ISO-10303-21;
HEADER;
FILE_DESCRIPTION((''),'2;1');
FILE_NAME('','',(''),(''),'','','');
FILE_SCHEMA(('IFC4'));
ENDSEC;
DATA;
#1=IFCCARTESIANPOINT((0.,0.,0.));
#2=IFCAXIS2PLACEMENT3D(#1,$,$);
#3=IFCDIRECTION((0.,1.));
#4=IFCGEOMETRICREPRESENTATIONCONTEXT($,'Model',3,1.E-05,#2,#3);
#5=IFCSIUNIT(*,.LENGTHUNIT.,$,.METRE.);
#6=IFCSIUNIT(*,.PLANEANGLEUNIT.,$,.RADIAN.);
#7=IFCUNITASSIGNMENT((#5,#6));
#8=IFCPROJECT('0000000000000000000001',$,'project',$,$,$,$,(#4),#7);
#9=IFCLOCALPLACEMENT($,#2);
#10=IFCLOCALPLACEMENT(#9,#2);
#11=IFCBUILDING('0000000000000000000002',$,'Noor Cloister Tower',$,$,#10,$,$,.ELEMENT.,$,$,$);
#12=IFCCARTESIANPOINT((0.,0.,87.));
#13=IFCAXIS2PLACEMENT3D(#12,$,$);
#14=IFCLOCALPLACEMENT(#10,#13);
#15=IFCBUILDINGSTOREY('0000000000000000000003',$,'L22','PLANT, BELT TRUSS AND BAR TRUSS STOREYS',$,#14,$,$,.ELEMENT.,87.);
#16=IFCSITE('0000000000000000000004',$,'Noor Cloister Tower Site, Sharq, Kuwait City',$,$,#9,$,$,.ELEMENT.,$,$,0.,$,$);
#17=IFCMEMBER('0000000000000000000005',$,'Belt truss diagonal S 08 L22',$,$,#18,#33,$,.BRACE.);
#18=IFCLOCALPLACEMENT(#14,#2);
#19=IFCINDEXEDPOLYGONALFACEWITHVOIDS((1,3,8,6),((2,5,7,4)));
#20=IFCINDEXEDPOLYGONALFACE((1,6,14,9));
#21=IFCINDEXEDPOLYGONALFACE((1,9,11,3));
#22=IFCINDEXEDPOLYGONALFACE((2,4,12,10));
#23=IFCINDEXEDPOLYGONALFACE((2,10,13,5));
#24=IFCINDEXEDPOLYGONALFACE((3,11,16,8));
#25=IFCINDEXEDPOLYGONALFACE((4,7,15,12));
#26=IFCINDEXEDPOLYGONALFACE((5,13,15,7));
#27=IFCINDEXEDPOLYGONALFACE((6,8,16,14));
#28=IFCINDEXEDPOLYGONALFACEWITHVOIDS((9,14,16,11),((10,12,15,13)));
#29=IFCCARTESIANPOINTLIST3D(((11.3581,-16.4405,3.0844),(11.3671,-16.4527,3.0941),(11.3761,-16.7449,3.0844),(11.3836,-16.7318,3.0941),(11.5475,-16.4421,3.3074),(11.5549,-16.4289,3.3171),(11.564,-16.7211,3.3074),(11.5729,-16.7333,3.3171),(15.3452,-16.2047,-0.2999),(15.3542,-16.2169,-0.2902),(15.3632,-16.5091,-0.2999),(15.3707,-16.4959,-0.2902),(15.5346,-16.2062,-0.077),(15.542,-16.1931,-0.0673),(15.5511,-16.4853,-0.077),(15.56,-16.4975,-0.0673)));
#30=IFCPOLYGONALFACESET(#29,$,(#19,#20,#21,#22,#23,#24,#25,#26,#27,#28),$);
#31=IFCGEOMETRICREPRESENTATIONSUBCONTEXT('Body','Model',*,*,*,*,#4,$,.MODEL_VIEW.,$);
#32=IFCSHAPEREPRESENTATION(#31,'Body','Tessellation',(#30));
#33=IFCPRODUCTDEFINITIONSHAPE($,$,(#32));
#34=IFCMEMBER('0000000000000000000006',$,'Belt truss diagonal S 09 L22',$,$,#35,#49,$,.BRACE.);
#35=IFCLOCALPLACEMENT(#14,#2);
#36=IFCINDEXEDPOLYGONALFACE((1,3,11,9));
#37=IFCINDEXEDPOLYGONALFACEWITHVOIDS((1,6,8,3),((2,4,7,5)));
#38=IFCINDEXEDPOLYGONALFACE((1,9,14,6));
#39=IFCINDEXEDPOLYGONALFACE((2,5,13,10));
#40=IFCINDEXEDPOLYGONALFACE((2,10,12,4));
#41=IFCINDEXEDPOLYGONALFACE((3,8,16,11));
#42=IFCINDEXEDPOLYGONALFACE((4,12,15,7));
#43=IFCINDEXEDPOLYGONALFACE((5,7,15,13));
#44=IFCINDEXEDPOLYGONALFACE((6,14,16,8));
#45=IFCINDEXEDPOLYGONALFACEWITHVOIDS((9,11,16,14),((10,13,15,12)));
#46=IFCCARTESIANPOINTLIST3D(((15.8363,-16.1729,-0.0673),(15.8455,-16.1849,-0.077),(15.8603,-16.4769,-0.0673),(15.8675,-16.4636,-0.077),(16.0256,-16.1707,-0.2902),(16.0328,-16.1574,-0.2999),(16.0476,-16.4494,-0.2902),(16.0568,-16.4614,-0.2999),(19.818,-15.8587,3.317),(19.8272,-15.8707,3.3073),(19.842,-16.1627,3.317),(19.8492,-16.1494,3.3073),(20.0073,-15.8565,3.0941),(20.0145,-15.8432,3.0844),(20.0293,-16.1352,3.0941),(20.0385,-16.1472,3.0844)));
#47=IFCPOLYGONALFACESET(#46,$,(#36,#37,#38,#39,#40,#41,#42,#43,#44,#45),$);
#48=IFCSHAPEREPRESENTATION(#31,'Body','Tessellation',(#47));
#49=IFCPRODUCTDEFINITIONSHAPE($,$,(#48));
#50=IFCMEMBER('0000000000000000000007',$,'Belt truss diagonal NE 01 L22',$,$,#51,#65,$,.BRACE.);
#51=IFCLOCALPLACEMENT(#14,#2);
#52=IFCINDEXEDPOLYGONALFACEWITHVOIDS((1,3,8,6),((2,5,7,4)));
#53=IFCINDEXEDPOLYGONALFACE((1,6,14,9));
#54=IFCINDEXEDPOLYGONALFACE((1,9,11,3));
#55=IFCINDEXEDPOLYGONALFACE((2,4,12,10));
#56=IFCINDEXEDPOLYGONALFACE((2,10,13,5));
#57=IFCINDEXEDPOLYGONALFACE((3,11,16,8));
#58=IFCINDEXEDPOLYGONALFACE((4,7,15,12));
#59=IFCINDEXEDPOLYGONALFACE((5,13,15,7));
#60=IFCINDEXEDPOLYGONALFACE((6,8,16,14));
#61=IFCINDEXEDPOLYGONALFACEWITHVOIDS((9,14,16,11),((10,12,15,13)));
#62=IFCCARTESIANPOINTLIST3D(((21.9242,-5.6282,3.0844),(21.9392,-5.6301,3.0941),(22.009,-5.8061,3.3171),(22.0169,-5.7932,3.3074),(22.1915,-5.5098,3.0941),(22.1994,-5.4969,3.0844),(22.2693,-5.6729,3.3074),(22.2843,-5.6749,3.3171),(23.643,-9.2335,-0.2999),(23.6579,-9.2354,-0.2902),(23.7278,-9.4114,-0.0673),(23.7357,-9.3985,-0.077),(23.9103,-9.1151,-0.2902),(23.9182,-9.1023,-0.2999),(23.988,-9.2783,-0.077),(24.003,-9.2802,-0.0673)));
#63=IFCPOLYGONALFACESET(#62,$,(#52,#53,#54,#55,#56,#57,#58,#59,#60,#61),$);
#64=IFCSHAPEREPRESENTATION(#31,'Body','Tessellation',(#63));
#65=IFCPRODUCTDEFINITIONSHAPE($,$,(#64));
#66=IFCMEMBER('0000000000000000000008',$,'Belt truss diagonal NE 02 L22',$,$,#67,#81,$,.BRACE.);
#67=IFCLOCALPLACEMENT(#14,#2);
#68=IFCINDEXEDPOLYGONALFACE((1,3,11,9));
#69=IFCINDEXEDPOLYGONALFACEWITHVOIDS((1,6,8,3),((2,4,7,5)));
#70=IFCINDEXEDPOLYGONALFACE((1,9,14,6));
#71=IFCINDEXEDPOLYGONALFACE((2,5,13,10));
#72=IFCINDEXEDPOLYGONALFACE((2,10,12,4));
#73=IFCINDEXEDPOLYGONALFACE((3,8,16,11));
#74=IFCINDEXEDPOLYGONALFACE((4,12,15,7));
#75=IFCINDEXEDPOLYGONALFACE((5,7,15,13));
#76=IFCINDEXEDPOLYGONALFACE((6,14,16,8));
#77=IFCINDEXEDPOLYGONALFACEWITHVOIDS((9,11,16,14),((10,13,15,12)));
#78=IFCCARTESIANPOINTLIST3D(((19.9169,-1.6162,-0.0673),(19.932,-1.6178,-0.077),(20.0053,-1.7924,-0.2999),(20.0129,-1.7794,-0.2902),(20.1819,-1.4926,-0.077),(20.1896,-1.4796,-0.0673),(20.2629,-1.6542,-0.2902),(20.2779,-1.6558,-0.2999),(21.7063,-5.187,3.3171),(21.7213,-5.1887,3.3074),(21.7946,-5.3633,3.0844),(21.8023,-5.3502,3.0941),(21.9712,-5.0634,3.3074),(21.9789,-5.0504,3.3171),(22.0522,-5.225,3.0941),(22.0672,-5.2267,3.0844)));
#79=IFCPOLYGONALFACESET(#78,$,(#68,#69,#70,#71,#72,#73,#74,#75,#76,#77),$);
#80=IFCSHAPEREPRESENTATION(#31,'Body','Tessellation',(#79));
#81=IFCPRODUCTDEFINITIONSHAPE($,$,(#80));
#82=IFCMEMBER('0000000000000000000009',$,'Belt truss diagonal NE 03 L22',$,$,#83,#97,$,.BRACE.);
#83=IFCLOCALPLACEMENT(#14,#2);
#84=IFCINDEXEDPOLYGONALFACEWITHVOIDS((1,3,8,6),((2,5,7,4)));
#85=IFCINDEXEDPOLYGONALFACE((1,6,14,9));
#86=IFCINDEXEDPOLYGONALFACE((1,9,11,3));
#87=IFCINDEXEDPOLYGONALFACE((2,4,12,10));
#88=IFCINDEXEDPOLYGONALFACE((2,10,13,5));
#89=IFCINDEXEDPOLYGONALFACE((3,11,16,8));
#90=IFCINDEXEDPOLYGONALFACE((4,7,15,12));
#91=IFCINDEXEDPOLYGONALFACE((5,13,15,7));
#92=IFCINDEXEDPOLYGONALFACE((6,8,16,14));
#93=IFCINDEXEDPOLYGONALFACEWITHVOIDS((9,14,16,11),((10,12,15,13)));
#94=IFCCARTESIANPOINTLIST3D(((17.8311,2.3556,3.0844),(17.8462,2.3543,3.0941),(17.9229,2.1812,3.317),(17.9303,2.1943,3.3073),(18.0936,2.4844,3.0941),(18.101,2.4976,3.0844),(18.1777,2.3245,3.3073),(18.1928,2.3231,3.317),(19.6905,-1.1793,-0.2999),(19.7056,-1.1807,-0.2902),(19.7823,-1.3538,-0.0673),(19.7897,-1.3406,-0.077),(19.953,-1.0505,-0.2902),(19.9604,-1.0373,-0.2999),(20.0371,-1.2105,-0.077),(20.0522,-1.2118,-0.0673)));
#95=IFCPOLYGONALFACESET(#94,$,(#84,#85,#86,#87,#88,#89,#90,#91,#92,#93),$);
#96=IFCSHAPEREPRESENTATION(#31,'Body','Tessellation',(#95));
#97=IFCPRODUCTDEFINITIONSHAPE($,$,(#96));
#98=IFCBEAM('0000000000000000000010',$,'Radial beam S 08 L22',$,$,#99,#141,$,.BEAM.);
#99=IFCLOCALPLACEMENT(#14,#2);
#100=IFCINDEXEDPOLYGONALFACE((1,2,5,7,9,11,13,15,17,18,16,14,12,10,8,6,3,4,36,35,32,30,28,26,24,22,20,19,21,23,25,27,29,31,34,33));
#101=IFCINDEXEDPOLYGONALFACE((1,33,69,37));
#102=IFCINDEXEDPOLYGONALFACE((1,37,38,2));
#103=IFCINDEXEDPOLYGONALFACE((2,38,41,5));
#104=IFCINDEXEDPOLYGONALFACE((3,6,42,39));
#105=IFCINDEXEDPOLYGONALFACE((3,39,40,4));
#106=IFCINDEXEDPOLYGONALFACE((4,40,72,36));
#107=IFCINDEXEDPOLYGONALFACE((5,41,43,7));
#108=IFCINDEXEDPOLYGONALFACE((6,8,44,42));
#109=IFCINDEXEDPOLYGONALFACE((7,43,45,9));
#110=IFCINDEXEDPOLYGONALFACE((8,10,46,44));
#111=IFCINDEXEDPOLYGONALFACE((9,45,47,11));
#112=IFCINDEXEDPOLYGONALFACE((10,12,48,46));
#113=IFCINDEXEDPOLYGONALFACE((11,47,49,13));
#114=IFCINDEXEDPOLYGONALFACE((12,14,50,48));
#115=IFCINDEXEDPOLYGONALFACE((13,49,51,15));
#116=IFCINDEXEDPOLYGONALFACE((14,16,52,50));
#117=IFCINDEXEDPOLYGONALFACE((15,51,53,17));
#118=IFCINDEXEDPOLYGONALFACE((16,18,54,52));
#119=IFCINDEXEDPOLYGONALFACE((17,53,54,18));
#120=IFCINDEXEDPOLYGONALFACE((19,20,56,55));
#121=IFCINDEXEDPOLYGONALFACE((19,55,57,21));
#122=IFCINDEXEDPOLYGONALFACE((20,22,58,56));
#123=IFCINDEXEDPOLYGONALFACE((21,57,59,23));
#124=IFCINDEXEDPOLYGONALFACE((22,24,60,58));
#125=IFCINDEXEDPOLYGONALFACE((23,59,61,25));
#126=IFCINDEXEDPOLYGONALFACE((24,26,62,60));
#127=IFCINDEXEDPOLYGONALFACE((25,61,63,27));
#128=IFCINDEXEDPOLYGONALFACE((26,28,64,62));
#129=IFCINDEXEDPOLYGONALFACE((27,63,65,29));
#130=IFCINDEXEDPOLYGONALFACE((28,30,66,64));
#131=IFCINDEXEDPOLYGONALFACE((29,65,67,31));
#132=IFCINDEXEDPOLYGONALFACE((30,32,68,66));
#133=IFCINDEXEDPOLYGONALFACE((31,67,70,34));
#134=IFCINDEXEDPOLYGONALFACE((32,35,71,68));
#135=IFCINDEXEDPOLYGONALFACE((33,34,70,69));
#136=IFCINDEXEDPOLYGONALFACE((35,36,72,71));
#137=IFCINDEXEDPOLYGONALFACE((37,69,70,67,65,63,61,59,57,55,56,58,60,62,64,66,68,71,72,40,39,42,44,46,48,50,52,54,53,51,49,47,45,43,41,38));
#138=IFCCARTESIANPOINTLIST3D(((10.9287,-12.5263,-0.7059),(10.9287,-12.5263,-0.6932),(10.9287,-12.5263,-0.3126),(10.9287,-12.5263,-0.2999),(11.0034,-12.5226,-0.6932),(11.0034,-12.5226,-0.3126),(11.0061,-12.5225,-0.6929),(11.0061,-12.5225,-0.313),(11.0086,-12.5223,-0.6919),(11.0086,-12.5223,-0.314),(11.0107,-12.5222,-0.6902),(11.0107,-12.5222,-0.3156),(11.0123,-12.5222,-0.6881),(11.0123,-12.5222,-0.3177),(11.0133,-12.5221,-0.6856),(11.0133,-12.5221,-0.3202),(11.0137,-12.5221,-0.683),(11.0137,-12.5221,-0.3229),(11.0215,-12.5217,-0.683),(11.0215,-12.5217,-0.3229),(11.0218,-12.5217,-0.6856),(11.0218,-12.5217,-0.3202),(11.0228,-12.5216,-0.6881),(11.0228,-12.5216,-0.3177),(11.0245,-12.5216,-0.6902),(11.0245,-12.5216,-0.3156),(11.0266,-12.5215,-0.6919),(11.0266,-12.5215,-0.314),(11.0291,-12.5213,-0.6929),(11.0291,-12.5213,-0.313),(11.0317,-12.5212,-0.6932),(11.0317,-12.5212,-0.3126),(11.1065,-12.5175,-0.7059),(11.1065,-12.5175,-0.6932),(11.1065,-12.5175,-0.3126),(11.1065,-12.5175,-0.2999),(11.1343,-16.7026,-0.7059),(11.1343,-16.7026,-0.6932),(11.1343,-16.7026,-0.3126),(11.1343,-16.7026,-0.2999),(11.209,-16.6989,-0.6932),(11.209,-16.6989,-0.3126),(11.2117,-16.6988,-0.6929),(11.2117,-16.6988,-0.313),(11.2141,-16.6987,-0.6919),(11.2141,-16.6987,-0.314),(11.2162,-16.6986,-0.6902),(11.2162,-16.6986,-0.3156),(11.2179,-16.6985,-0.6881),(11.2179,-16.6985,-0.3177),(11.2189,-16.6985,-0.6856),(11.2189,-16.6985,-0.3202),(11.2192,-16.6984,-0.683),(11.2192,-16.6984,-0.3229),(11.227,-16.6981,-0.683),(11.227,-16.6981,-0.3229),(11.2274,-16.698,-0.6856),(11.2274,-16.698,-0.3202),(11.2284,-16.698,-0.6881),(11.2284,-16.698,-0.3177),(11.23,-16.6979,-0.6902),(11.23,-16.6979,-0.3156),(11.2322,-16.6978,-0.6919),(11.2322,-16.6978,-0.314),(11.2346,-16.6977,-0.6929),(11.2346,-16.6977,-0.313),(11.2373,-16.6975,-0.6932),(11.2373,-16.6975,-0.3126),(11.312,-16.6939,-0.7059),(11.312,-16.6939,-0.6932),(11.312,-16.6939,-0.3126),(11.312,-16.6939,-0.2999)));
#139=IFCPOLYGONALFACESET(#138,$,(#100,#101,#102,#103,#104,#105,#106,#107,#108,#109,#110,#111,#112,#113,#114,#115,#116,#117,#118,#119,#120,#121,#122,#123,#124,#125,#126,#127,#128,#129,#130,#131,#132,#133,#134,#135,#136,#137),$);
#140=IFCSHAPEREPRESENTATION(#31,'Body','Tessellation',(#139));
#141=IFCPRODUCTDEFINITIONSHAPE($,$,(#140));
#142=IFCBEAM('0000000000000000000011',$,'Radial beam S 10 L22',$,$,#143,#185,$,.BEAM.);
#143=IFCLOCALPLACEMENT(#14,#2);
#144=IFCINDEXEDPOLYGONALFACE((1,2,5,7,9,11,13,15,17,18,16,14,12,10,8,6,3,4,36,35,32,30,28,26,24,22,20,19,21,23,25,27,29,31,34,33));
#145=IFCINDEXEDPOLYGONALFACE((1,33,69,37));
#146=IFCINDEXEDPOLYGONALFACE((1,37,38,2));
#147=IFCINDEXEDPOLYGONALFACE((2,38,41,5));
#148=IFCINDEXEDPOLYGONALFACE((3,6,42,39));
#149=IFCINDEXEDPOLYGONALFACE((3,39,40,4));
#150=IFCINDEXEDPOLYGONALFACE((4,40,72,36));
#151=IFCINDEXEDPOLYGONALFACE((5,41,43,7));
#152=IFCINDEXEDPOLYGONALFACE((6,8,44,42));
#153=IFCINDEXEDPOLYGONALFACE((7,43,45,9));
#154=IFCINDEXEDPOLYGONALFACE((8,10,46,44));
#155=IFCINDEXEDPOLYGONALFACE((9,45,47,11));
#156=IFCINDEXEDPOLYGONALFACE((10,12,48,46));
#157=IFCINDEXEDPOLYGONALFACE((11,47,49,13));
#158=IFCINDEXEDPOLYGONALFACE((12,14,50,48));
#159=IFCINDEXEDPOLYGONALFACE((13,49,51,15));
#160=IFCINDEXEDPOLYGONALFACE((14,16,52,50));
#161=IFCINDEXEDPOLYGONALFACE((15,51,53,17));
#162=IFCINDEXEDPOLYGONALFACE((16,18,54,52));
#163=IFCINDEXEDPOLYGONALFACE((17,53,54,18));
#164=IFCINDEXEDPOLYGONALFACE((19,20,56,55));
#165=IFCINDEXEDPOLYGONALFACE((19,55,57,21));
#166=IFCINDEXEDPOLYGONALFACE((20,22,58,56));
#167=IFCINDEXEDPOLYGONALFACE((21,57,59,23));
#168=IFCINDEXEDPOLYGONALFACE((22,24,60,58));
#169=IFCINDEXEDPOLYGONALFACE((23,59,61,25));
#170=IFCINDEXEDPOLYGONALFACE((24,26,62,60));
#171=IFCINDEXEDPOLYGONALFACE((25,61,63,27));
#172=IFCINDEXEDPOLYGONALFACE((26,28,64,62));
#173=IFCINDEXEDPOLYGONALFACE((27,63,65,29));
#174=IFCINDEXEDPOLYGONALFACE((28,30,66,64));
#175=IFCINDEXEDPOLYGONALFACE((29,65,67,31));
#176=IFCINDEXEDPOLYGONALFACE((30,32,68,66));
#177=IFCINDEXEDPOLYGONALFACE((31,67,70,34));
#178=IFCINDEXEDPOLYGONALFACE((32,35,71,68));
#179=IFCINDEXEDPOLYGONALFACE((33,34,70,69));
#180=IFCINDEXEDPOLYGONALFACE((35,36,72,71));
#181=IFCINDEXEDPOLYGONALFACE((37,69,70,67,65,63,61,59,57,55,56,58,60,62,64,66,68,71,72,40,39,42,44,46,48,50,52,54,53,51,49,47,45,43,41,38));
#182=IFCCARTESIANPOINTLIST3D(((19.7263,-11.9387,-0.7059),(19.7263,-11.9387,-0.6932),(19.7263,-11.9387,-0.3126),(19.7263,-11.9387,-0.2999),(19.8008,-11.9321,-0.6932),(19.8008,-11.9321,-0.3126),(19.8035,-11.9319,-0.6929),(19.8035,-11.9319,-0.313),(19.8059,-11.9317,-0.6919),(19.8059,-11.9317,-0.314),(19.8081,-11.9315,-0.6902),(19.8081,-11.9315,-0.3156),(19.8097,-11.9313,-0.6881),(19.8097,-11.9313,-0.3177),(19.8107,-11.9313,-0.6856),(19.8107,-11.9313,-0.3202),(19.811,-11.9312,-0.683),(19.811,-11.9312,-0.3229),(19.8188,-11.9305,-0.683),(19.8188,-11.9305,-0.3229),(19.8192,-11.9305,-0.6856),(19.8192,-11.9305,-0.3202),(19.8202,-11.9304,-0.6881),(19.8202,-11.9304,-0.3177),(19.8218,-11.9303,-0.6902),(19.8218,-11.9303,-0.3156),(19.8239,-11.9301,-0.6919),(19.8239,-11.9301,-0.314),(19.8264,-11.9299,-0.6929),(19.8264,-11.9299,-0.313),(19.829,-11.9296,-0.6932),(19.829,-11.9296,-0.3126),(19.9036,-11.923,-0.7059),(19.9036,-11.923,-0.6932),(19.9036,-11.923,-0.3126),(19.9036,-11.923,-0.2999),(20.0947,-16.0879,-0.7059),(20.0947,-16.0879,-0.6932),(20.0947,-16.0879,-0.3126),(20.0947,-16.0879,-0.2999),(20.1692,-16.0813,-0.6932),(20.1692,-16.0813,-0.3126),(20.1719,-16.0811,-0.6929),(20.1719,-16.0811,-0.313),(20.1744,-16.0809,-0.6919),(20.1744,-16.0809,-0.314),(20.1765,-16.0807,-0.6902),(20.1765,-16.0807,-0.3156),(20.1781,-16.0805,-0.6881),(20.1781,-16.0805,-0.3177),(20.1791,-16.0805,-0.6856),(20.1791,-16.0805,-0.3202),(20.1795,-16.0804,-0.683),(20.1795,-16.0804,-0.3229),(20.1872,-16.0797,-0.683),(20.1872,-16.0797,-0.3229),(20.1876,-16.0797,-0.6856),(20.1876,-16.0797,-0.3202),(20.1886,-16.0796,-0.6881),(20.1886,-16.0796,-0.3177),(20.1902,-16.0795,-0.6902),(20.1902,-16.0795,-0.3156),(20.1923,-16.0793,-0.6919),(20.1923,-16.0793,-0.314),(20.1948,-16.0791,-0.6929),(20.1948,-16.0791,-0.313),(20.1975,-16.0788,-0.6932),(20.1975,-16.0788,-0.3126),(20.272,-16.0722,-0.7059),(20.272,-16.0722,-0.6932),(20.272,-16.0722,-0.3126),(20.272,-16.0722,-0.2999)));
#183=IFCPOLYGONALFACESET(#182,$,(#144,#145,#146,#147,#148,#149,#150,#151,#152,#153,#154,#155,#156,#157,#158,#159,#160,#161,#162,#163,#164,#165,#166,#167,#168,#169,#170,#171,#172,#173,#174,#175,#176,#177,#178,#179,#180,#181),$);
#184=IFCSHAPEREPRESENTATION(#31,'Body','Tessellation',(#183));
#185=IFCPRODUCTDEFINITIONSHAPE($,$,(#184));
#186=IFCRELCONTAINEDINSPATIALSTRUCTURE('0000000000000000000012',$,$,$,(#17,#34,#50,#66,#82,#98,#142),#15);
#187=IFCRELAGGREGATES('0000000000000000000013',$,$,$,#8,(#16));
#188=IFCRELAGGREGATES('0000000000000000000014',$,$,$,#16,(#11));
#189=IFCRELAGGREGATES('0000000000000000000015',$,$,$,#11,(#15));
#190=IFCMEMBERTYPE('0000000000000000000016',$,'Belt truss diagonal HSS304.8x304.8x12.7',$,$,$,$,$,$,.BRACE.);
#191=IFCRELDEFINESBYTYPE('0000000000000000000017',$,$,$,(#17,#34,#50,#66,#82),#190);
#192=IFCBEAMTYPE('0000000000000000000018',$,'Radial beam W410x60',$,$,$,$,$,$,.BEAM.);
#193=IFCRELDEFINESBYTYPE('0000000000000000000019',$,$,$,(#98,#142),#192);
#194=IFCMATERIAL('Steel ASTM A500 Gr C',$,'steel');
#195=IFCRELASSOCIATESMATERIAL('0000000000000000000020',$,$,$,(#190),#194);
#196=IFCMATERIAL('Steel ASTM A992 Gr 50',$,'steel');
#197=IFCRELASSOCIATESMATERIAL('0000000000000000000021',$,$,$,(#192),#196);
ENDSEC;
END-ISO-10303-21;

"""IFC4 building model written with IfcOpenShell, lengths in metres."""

from ifc_helpers import new_model, si_unit, direction, frame, origin, origin_2d, place, context, subcontext, project, spatial, hollow_rectangle, i_section, extrude, material, material_profile, profile_set, type_object, element, save


model = new_model("IFC4")

# Units and contexts
model_context = context("Model", 3, precision=1e-05, world=origin(), true_north=direction((0.0, 1.0)))
body_context = subcontext(model_context, "Body", "Model", "MODEL_VIEW")
ifc_project = project(units=[si_unit("LENGTHUNIT", "METRE"), si_unit("PLANEANGLEUNIT", "RADIAN")], contexts=[model_context])

# Site, building, storey
site_placement = place(None, origin())
site = spatial("IfcSite", under=ifc_project, at=site_placement, Name="Noor Cloister Tower Site, Sharq, Kuwait City", CompositionType="ELEMENT", RefElevation=0.0)
building_placement = place(site_placement, origin())
building = spatial("IfcBuilding", under=site, at=building_placement, Name="Noor Cloister Tower", CompositionType="ELEMENT")
storey_placement = place(building_placement, frame((0.0, 0.0, 87.0)))
storey = spatial("IfcBuildingStorey", under=building, at=storey_placement, Name="L22", Description="PLANT, BELT TRUSS AND BAR TRUSS STOREYS", CompositionType="ELEMENT", Elevation=87.0)

# Members
ifc_material_1 = material(Name="Steel ASTM A500 Gr C", Category="steel")
ifc_material_profile_1 = material_profile(ifc_material_1, hollow_rectangle(XDim=0.3049, YDim=0.3049, WallThickness=0.0127, at=origin_2d()), Name="HSS304.8x304.8x12.7")
ifc_profile_set_1 = profile_set([ifc_material_profile_1], Name="Steel ASTM A500 Gr C")
member_type = type_object("IfcMemberType", Name="Belt truss diagonal HSS304.8x304.8x12.7", PredefinedType="BRACE", material=ifc_profile_set_1)
for number, where, z_axis, x_axis, name in (
    (1, (15.4526, -16.3511, -0.1836), (-0.761611, -0.04505, 0.646467), (0.059048, -0.998255, 0.0), "Belt truss diagonal S 08 L22"),
    (2, (15.9465, -16.3171, -0.1836), (0.760581, 0.06002, 0.646463), (-0.078669, 0.996901, 0.0), "Belt truss diagonal S 09 L22"),
    (3, (23.823, -9.2568, -0.1836), (-0.32832, 0.688679, 0.646473), (-0.902668, -0.430337, 0.0), "Belt truss diagonal NE 01 L22"),
    (4, (20.0974, -1.636, -0.1836), (0.341795, -0.682097, 0.646467), (0.894036, 0.447996, 0.0), "Belt truss diagonal NE 02 L22"),
    (5, (19.8713, -1.1956, -0.1836), (-0.355175, 0.675234, 0.64646), (-0.885032, -0.46553, 0.0), "Belt truss diagonal NE 03 L22"),
):
    element("IfcMember", number, at=place(storey_placement, frame(where, z_axis=z_axis, x_axis=x_axis)), inside=storey, type_object=member_type, Name=name, PredefinedType="BRACE", context=body_context, shape_type="SweptSolid", body=[
        extrude(hollow_rectangle(XDim=0.3049, YDim=0.3049, WallThickness=0.0127, at=origin_2d()), origin(), (0.0, 0.0, 1.0), 5.2351),
    ])

# Beams
ifc_material_2 = material(Name="Steel ASTM A992 Gr 50", Category="steel")
ifc_material_profile_2 = material_profile(ifc_material_2, i_section(OverallWidth=0.178, OverallDepth=0.406, WebThickness=0.0078, FlangeThickness=0.0127, FilletRadius=0.0103, at=origin_2d()), Name="W410x60")
ifc_profile_set_2 = profile_set([ifc_material_profile_2], Name="Steel ASTM A992 Gr 50")
beam_type_1 = type_object("IfcBeamType", Name="Radial beam W410x60", PredefinedType="BEAM", material=ifc_profile_set_2)
beam_1_placement = place(storey_placement, frame((11.2231, -16.6982, -0.5029), z_axis=(-0.049163, 0.998791, 0.0), x_axis=(-0.998791, -0.049163, 0.0)))
element("IfcBeam", 6, at=beam_1_placement, inside=storey, type_object=beam_type_1, Name="Radial beam S 08 L22", PredefinedType="BEAM", context=body_context, shape_type="SweptSolid", body=[
    extrude(i_section(OverallWidth=0.178, OverallDepth=0.406, WebThickness=0.0078, FlangeThickness=0.0127, FilletRadius=0.0103, at=origin_2d()), origin(), (0.0, 0.0, 1.0), 4.1814),
])
beam_2_placement = place(storey_placement, frame((20.1833, -16.0801, -0.5029), z_axis=(-0.088443, 0.996081, 0.0), x_axis=(-0.996081, -0.088443, 0.0)))
element("IfcBeam", 7, at=beam_2_placement, inside=storey, type_object=beam_type_1, Name="Radial beam S 10 L22", PredefinedType="BEAM", context=body_context, shape_type="SweptSolid", body=[
    extrude(i_section(OverallWidth=0.178, OverallDepth=0.406, WebThickness=0.0078, FlangeThickness=0.0127, FilletRadius=0.0103, at=origin_2d()), origin(), (0.0, 0.0, 1.0), 4.1655),
])

save(model, "model.ifc")
